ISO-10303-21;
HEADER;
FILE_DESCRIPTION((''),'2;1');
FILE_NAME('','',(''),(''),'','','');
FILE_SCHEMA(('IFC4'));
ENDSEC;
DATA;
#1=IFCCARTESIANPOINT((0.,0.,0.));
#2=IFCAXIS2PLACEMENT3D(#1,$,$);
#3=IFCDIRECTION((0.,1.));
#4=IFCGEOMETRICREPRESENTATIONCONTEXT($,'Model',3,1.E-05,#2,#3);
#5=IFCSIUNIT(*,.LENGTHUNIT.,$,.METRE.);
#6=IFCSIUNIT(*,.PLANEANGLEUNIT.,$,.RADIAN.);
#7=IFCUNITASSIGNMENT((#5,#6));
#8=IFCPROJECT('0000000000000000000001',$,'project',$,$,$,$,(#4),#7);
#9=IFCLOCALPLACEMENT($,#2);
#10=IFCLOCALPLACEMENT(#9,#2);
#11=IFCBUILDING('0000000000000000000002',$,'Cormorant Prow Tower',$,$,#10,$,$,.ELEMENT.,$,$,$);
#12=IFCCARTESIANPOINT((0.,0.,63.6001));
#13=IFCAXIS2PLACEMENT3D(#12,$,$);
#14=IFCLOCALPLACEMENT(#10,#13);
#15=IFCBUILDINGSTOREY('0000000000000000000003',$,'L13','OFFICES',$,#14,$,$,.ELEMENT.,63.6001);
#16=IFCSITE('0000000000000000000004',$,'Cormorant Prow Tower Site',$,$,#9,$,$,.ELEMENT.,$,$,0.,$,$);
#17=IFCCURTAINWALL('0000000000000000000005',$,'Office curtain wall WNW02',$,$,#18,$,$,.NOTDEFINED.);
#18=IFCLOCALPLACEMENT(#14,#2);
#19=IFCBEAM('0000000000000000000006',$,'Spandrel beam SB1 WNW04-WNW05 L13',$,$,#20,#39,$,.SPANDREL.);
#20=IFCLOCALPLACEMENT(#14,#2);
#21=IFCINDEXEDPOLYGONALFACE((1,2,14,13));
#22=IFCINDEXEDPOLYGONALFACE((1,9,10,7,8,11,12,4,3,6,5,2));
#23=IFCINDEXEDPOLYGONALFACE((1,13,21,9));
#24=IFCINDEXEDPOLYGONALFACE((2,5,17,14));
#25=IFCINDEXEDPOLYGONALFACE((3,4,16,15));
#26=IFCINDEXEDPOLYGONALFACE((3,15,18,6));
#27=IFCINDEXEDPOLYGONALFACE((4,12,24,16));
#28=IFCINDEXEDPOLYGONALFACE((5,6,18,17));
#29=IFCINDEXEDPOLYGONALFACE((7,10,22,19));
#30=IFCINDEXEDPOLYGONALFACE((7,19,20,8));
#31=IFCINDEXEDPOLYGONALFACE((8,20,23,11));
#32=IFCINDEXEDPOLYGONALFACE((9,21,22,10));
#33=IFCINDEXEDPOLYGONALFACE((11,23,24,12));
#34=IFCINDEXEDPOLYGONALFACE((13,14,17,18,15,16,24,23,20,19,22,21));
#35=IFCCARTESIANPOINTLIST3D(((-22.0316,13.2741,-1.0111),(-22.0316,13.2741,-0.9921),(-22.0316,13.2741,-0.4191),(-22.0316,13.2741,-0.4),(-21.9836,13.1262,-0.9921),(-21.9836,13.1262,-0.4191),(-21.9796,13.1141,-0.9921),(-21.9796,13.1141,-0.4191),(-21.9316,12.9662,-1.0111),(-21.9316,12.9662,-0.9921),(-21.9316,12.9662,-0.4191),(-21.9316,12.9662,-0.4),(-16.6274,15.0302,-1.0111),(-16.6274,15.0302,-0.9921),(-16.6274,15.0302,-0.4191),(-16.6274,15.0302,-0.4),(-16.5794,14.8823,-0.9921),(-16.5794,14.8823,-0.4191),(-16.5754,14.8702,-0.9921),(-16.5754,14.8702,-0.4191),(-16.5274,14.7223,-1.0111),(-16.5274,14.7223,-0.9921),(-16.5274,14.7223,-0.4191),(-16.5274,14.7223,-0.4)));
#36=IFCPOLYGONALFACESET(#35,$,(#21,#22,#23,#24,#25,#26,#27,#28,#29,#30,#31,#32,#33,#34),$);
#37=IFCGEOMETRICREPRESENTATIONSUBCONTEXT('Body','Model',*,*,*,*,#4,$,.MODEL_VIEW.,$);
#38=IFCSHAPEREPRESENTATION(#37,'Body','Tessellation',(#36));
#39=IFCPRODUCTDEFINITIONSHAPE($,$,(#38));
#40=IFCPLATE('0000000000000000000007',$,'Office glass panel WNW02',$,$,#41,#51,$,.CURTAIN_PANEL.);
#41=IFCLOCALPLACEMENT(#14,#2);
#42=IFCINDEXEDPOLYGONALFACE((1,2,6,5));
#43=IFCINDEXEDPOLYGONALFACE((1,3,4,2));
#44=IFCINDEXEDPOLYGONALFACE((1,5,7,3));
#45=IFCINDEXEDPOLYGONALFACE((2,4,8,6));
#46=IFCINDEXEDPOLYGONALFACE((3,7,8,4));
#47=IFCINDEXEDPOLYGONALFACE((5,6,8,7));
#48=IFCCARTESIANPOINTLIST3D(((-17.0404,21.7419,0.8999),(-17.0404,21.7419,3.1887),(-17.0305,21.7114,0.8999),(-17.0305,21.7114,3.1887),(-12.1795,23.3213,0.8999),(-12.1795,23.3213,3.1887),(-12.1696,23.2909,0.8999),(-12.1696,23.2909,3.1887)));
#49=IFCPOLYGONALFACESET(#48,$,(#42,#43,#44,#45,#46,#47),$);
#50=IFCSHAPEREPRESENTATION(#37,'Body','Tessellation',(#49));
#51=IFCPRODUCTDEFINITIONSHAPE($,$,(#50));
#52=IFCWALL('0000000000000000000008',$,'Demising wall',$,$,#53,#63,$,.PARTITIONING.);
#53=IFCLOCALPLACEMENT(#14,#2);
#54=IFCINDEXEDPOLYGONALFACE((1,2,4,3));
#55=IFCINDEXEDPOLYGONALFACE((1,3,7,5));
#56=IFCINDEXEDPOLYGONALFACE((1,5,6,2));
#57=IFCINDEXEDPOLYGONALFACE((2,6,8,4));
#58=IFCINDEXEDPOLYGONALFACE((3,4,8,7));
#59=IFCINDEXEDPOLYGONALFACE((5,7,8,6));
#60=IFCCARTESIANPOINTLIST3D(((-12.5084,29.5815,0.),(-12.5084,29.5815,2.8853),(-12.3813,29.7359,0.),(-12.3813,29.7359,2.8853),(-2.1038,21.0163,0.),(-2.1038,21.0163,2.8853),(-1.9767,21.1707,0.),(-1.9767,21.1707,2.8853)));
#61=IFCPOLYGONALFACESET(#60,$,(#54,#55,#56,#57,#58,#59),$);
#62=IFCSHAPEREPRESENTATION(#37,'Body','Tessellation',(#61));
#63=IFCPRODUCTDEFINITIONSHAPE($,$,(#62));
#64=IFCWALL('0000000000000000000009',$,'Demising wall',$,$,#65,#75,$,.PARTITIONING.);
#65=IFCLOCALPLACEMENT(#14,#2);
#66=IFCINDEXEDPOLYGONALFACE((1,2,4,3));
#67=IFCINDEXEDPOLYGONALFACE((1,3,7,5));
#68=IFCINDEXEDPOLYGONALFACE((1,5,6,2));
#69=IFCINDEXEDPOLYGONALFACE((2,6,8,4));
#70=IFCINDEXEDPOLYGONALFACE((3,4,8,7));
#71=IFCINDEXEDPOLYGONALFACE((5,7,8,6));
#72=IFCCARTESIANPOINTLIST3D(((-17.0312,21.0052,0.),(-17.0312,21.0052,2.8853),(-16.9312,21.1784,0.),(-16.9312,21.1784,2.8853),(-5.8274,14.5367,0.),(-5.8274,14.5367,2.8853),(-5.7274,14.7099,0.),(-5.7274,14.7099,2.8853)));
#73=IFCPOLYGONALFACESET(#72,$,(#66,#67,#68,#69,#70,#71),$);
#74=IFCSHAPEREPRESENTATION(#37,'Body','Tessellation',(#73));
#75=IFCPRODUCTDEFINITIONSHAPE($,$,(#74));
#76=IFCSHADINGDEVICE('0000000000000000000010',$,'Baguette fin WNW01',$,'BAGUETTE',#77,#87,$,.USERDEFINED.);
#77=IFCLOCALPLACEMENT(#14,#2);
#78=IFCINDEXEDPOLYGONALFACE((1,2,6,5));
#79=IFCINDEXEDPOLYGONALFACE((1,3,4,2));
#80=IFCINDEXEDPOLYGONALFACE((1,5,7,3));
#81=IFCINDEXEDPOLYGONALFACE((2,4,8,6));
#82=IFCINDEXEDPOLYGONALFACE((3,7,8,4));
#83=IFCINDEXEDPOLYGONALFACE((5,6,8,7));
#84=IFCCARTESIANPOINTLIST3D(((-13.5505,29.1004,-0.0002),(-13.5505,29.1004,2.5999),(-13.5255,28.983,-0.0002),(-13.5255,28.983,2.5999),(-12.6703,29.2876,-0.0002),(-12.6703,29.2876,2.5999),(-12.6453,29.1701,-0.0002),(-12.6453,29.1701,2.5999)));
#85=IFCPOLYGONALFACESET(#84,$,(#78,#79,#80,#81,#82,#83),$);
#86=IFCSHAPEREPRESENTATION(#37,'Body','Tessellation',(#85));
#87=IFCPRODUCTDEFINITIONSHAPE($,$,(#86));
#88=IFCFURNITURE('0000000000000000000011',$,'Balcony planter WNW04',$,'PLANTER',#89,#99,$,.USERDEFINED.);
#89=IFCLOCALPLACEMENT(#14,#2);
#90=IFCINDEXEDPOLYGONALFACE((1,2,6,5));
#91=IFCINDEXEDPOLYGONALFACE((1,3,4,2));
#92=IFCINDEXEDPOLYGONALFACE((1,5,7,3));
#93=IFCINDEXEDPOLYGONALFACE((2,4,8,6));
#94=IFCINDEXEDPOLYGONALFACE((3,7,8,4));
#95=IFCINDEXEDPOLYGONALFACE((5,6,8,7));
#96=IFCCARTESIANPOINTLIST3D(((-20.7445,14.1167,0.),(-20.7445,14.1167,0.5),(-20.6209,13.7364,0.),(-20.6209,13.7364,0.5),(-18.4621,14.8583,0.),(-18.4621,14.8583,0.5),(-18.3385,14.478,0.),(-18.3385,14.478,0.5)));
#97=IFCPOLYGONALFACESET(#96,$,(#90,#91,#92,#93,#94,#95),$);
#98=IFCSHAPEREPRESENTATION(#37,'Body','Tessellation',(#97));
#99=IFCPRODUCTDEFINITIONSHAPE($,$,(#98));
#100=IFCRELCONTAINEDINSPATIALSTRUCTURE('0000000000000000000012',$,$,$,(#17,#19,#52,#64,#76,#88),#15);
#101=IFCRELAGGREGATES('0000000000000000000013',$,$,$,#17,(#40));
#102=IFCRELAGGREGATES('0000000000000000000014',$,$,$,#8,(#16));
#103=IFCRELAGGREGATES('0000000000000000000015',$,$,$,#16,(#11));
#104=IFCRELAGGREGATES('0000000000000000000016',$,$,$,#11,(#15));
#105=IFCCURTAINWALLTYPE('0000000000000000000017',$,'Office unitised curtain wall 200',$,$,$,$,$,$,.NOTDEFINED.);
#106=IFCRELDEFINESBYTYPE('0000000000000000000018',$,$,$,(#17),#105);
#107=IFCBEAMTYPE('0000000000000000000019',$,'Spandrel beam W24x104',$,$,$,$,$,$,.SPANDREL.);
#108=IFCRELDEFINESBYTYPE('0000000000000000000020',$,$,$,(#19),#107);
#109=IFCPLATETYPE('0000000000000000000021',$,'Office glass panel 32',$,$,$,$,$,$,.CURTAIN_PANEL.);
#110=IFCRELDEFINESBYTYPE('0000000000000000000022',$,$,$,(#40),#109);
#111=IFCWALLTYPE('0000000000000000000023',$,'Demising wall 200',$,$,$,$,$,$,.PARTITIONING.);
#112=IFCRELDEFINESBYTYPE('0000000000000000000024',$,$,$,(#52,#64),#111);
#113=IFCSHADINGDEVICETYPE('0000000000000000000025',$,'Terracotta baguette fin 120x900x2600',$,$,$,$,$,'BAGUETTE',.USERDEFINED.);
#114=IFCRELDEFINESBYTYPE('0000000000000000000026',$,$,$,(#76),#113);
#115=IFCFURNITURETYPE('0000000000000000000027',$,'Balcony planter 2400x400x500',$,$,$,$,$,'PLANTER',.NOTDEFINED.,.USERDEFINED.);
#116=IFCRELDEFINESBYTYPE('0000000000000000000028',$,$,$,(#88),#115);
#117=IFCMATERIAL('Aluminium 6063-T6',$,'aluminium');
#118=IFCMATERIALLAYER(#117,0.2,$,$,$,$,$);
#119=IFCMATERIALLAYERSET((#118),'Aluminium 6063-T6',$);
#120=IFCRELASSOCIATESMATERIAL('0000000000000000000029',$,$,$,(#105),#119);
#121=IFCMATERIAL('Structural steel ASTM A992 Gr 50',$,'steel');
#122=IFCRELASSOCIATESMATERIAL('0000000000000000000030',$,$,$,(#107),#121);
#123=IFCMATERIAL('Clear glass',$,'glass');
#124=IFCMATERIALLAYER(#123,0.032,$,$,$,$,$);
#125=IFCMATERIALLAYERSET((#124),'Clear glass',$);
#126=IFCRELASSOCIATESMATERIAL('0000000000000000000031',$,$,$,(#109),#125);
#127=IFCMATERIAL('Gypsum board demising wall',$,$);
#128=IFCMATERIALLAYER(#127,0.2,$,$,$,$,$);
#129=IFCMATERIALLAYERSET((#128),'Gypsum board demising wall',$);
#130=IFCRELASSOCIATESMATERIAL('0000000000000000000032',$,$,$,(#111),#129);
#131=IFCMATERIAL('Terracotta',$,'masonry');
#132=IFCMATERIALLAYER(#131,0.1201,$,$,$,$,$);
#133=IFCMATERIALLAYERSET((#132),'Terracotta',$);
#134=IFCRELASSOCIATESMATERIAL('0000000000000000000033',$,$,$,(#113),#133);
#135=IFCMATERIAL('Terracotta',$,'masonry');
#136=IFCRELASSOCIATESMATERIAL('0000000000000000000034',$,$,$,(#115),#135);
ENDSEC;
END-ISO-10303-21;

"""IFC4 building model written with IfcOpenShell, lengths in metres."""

from ifc_helpers import new_model, si_unit, direction, frame, frame_2d, origin, origin_2d, place, context, subcontext, project, spatial, rectangle, i_section, extrude, material, layer, layer_set, material_profile, profile_set, type_object, element, aggregate, save


model = new_model("IFC4")

# Units and contexts
model_context = context("Model", 3, precision=1e-05, world=origin(), true_north=direction((0.0, 1.0)))
body_context = subcontext(model_context, "Body", "Model", "MODEL_VIEW")
ifc_project = project(units=[si_unit("LENGTHUNIT", "METRE"), si_unit("PLANEANGLEUNIT", "RADIAN")], contexts=[model_context])

# Site, building, storey
site_placement = place(None, origin())
site = spatial("IfcSite", under=ifc_project, at=site_placement, Name="Cormorant Prow Tower Site", CompositionType="ELEMENT", RefElevation=0.0)
building_placement = place(site_placement, origin())
building = spatial("IfcBuilding", under=site, at=building_placement, Name="Cormorant Prow Tower", CompositionType="ELEMENT")
storey_placement = place(building_placement, frame((0.0, 0.0, 63.6001)))
storey = spatial("IfcBuildingStorey", under=building, at=storey_placement, Name="L13", Description="OFFICES", CompositionType="ELEMENT", Elevation=63.6001)

# Curtain wall
ifc_material_1 = material(Name="Aluminium 6063-T6", Category="aluminium")
ifc_layer_1 = layer(ifc_material_1, 0.2)
ifc_layer_set_1 = layer_set([ifc_layer_1], Name="Aluminium 6063-T6")
curtain_wall_type = type_object("IfcCurtainWallType", Name="Office unitised curtain wall 200", PredefinedType="NOTDEFINED", material=ifc_layer_set_1)
curtain_wall_1_placement = place(storey_placement, origin())
curtain_wall_1 = element("IfcCurtainWall", 1, at=curtain_wall_1_placement, inside=storey, type_object=curtain_wall_type, Name="Office curtain wall WNW02", PredefinedType="NOTDEFINED")

# Beam
ifc_material_2 = material(Name="Structural steel ASTM A992 Gr 50", Category="steel")
ifc_material_profile_1 = material_profile(ifc_material_2, i_section(OverallWidth=0.3237, OverallDepth=0.6111, WebThickness=0.0127, FlangeThickness=0.019, at=origin_2d()), Name="W24x104")
ifc_profile_set_1 = profile_set([ifc_material_profile_1], Name="Structural steel ASTM A992 Gr 50")
beam_type = type_object("IfcBeamType", Name="Spandrel beam W24x104", PredefinedType="SPANDREL", material=ifc_profile_set_1)
beam_1_placement = place(storey_placement, frame((-16.5774, 14.8762, -0.7056), z_axis=(-0.951049, -0.309039, 0.0), x_axis=(0.309039, -0.951049, 0.0)))
element("IfcBeam", 2, at=beam_1_placement, inside=storey, type_object=beam_type, Name="Spandrel beam SB1 WNW04-WNW05 L13", PredefinedType="SPANDREL", context=body_context, shape_type="SweptSolid", body=[
    extrude(i_section(OverallWidth=0.3237, OverallDepth=0.6111, WebThickness=0.0127, FlangeThickness=0.019, at=origin_2d()), origin(), (0.0, 0.0, 1.0), 5.6824),
])

# Plate
ifc_material_3 = material(Name="Clear glass", Category="glass")
ifc_layer_2 = layer(ifc_material_3, 0.032)
ifc_layer_set_2 = layer_set([ifc_layer_2], Name="Clear glass")
plate_type = type_object("IfcPlateType", Name="Office glass panel 32", PredefinedType="CURTAIN_PANEL", material=ifc_layer_set_2)
plate_placement = place(storey_placement, frame((-14.605, 22.5164, 0.8999), z_axis=(0.0, 0.0, 1.0), x_axis=(-0.951057, -0.309017, 0.0)))
plate = element("IfcPlate", 3, at=plate_placement, type_object=plate_type, Name="Office glass panel WNW02", PredefinedType="CURTAIN_PANEL", context=body_context, shape_type="SweptSolid", body=[
    extrude(rectangle(XDim=5.1111, YDim=0.032, at=origin_2d()), origin(), (0.0, 0.0, 1.0), 2.2888),
])
aggregate(curtain_wall_1, [plate])

# Walls
ifc_material_4 = material(Name="Gypsum board demising wall")
ifc_layer_3 = layer(ifc_material_4, 0.2)
ifc_layer_set_3 = layer_set([ifc_layer_3], Name="Gypsum board demising wall")
wall_type_1 = type_object("IfcWallType", Name="Demising wall 200", PredefinedType="PARTITIONING", material=ifc_layer_set_3)
wall_1_placement = place(storey_placement, frame((-12.4448, 29.6587, 0.0), z_axis=(0.0, 0.0, 1.0), x_axis=(0.772049, -0.635563, 0.0)))
element("IfcWall", 4, at=wall_1_placement, inside=storey, type_object=wall_type_1, Name="Demising wall", PredefinedType="PARTITIONING", context=body_context, shape_type="SweptSolid", body=[
    extrude(rectangle(XDim=13.4766, YDim=0.2, at=frame_2d((6.7383, 0.0))), origin(), (0.0, 0.0, 1.0), 2.8853),
])
wall_2_placement = place(storey_placement, frame((-16.9812, 21.0918, 0.0), z_axis=(0.0, 0.0, 1.0), x_axis=(0.866027, -0.499997, 0.0)))
element("IfcWall", 5, at=wall_2_placement, inside=storey, type_object=wall_type_1, Name="Demising wall", PredefinedType="PARTITIONING", context=body_context, shape_type="SweptSolid", body=[
    extrude(rectangle(XDim=12.937, YDim=0.2, at=frame_2d((6.4685, 0.0))), origin(), (0.0, 0.0, 1.0), 2.8853),
])

# Shading device
ifc_material_5 = material(Name="Terracotta", Category="masonry")
ifc_layer_4 = layer(ifc_material_5, 0.1201)
ifc_layer_set_4 = layer_set([ifc_layer_4], Name="Terracotta")
shading_device_type = type_object("IfcShadingDeviceType", Name="Terracotta baguette fin 120x900x2600", ElementType="BAGUETTE", PredefinedType="USERDEFINED", material=ifc_layer_set_4)
shading_device_placement = place(storey_placement, frame((-13.0979, 29.1353, -0.0002), z_axis=(0.0, 0.0, 1.0), x_axis=(0.207912, -0.978148, 0.0)))
element("IfcShadingDevice", 6, at=shading_device_placement, inside=storey, type_object=shading_device_type, Name="Baguette fin WNW01", ObjectType="BAGUETTE", PredefinedType="USERDEFINED", context=body_context, shape_type="SweptSolid", body=[
    extrude(rectangle(XDim=0.1201, YDim=0.8999, at=origin_2d()), origin(), (0.0, 0.0, 1.0), 2.6001),
])

# Furniture
ifc_material_6 = material(Name="Terracotta", Category="masonry")
furniture_type = type_object("IfcFurnitureType", Name="Balcony planter 2400x400x500", ElementType="PLANTER", AssemblyPlace="NOTDEFINED", PredefinedType="USERDEFINED", material=ifc_material_6)
furniture_placement = place(storey_placement, frame((-19.5415, 14.2974, 0.0), z_axis=(0.0, 0.0, 1.0), x_axis=(-0.951056, -0.309017, 0.0)))
element("IfcFurniture", 7, at=furniture_placement, inside=storey, type_object=furniture_type, Name="Balcony planter WNW04", ObjectType="PLANTER", PredefinedType="USERDEFINED", context=body_context, shape_type="SweptSolid", body=[
    extrude(rectangle(XDim=2.3999, YDim=0.3999, at=origin_2d()), origin(), (0.0, 0.0, 1.0), 0.5),
])

save(model, "model.ifc")
